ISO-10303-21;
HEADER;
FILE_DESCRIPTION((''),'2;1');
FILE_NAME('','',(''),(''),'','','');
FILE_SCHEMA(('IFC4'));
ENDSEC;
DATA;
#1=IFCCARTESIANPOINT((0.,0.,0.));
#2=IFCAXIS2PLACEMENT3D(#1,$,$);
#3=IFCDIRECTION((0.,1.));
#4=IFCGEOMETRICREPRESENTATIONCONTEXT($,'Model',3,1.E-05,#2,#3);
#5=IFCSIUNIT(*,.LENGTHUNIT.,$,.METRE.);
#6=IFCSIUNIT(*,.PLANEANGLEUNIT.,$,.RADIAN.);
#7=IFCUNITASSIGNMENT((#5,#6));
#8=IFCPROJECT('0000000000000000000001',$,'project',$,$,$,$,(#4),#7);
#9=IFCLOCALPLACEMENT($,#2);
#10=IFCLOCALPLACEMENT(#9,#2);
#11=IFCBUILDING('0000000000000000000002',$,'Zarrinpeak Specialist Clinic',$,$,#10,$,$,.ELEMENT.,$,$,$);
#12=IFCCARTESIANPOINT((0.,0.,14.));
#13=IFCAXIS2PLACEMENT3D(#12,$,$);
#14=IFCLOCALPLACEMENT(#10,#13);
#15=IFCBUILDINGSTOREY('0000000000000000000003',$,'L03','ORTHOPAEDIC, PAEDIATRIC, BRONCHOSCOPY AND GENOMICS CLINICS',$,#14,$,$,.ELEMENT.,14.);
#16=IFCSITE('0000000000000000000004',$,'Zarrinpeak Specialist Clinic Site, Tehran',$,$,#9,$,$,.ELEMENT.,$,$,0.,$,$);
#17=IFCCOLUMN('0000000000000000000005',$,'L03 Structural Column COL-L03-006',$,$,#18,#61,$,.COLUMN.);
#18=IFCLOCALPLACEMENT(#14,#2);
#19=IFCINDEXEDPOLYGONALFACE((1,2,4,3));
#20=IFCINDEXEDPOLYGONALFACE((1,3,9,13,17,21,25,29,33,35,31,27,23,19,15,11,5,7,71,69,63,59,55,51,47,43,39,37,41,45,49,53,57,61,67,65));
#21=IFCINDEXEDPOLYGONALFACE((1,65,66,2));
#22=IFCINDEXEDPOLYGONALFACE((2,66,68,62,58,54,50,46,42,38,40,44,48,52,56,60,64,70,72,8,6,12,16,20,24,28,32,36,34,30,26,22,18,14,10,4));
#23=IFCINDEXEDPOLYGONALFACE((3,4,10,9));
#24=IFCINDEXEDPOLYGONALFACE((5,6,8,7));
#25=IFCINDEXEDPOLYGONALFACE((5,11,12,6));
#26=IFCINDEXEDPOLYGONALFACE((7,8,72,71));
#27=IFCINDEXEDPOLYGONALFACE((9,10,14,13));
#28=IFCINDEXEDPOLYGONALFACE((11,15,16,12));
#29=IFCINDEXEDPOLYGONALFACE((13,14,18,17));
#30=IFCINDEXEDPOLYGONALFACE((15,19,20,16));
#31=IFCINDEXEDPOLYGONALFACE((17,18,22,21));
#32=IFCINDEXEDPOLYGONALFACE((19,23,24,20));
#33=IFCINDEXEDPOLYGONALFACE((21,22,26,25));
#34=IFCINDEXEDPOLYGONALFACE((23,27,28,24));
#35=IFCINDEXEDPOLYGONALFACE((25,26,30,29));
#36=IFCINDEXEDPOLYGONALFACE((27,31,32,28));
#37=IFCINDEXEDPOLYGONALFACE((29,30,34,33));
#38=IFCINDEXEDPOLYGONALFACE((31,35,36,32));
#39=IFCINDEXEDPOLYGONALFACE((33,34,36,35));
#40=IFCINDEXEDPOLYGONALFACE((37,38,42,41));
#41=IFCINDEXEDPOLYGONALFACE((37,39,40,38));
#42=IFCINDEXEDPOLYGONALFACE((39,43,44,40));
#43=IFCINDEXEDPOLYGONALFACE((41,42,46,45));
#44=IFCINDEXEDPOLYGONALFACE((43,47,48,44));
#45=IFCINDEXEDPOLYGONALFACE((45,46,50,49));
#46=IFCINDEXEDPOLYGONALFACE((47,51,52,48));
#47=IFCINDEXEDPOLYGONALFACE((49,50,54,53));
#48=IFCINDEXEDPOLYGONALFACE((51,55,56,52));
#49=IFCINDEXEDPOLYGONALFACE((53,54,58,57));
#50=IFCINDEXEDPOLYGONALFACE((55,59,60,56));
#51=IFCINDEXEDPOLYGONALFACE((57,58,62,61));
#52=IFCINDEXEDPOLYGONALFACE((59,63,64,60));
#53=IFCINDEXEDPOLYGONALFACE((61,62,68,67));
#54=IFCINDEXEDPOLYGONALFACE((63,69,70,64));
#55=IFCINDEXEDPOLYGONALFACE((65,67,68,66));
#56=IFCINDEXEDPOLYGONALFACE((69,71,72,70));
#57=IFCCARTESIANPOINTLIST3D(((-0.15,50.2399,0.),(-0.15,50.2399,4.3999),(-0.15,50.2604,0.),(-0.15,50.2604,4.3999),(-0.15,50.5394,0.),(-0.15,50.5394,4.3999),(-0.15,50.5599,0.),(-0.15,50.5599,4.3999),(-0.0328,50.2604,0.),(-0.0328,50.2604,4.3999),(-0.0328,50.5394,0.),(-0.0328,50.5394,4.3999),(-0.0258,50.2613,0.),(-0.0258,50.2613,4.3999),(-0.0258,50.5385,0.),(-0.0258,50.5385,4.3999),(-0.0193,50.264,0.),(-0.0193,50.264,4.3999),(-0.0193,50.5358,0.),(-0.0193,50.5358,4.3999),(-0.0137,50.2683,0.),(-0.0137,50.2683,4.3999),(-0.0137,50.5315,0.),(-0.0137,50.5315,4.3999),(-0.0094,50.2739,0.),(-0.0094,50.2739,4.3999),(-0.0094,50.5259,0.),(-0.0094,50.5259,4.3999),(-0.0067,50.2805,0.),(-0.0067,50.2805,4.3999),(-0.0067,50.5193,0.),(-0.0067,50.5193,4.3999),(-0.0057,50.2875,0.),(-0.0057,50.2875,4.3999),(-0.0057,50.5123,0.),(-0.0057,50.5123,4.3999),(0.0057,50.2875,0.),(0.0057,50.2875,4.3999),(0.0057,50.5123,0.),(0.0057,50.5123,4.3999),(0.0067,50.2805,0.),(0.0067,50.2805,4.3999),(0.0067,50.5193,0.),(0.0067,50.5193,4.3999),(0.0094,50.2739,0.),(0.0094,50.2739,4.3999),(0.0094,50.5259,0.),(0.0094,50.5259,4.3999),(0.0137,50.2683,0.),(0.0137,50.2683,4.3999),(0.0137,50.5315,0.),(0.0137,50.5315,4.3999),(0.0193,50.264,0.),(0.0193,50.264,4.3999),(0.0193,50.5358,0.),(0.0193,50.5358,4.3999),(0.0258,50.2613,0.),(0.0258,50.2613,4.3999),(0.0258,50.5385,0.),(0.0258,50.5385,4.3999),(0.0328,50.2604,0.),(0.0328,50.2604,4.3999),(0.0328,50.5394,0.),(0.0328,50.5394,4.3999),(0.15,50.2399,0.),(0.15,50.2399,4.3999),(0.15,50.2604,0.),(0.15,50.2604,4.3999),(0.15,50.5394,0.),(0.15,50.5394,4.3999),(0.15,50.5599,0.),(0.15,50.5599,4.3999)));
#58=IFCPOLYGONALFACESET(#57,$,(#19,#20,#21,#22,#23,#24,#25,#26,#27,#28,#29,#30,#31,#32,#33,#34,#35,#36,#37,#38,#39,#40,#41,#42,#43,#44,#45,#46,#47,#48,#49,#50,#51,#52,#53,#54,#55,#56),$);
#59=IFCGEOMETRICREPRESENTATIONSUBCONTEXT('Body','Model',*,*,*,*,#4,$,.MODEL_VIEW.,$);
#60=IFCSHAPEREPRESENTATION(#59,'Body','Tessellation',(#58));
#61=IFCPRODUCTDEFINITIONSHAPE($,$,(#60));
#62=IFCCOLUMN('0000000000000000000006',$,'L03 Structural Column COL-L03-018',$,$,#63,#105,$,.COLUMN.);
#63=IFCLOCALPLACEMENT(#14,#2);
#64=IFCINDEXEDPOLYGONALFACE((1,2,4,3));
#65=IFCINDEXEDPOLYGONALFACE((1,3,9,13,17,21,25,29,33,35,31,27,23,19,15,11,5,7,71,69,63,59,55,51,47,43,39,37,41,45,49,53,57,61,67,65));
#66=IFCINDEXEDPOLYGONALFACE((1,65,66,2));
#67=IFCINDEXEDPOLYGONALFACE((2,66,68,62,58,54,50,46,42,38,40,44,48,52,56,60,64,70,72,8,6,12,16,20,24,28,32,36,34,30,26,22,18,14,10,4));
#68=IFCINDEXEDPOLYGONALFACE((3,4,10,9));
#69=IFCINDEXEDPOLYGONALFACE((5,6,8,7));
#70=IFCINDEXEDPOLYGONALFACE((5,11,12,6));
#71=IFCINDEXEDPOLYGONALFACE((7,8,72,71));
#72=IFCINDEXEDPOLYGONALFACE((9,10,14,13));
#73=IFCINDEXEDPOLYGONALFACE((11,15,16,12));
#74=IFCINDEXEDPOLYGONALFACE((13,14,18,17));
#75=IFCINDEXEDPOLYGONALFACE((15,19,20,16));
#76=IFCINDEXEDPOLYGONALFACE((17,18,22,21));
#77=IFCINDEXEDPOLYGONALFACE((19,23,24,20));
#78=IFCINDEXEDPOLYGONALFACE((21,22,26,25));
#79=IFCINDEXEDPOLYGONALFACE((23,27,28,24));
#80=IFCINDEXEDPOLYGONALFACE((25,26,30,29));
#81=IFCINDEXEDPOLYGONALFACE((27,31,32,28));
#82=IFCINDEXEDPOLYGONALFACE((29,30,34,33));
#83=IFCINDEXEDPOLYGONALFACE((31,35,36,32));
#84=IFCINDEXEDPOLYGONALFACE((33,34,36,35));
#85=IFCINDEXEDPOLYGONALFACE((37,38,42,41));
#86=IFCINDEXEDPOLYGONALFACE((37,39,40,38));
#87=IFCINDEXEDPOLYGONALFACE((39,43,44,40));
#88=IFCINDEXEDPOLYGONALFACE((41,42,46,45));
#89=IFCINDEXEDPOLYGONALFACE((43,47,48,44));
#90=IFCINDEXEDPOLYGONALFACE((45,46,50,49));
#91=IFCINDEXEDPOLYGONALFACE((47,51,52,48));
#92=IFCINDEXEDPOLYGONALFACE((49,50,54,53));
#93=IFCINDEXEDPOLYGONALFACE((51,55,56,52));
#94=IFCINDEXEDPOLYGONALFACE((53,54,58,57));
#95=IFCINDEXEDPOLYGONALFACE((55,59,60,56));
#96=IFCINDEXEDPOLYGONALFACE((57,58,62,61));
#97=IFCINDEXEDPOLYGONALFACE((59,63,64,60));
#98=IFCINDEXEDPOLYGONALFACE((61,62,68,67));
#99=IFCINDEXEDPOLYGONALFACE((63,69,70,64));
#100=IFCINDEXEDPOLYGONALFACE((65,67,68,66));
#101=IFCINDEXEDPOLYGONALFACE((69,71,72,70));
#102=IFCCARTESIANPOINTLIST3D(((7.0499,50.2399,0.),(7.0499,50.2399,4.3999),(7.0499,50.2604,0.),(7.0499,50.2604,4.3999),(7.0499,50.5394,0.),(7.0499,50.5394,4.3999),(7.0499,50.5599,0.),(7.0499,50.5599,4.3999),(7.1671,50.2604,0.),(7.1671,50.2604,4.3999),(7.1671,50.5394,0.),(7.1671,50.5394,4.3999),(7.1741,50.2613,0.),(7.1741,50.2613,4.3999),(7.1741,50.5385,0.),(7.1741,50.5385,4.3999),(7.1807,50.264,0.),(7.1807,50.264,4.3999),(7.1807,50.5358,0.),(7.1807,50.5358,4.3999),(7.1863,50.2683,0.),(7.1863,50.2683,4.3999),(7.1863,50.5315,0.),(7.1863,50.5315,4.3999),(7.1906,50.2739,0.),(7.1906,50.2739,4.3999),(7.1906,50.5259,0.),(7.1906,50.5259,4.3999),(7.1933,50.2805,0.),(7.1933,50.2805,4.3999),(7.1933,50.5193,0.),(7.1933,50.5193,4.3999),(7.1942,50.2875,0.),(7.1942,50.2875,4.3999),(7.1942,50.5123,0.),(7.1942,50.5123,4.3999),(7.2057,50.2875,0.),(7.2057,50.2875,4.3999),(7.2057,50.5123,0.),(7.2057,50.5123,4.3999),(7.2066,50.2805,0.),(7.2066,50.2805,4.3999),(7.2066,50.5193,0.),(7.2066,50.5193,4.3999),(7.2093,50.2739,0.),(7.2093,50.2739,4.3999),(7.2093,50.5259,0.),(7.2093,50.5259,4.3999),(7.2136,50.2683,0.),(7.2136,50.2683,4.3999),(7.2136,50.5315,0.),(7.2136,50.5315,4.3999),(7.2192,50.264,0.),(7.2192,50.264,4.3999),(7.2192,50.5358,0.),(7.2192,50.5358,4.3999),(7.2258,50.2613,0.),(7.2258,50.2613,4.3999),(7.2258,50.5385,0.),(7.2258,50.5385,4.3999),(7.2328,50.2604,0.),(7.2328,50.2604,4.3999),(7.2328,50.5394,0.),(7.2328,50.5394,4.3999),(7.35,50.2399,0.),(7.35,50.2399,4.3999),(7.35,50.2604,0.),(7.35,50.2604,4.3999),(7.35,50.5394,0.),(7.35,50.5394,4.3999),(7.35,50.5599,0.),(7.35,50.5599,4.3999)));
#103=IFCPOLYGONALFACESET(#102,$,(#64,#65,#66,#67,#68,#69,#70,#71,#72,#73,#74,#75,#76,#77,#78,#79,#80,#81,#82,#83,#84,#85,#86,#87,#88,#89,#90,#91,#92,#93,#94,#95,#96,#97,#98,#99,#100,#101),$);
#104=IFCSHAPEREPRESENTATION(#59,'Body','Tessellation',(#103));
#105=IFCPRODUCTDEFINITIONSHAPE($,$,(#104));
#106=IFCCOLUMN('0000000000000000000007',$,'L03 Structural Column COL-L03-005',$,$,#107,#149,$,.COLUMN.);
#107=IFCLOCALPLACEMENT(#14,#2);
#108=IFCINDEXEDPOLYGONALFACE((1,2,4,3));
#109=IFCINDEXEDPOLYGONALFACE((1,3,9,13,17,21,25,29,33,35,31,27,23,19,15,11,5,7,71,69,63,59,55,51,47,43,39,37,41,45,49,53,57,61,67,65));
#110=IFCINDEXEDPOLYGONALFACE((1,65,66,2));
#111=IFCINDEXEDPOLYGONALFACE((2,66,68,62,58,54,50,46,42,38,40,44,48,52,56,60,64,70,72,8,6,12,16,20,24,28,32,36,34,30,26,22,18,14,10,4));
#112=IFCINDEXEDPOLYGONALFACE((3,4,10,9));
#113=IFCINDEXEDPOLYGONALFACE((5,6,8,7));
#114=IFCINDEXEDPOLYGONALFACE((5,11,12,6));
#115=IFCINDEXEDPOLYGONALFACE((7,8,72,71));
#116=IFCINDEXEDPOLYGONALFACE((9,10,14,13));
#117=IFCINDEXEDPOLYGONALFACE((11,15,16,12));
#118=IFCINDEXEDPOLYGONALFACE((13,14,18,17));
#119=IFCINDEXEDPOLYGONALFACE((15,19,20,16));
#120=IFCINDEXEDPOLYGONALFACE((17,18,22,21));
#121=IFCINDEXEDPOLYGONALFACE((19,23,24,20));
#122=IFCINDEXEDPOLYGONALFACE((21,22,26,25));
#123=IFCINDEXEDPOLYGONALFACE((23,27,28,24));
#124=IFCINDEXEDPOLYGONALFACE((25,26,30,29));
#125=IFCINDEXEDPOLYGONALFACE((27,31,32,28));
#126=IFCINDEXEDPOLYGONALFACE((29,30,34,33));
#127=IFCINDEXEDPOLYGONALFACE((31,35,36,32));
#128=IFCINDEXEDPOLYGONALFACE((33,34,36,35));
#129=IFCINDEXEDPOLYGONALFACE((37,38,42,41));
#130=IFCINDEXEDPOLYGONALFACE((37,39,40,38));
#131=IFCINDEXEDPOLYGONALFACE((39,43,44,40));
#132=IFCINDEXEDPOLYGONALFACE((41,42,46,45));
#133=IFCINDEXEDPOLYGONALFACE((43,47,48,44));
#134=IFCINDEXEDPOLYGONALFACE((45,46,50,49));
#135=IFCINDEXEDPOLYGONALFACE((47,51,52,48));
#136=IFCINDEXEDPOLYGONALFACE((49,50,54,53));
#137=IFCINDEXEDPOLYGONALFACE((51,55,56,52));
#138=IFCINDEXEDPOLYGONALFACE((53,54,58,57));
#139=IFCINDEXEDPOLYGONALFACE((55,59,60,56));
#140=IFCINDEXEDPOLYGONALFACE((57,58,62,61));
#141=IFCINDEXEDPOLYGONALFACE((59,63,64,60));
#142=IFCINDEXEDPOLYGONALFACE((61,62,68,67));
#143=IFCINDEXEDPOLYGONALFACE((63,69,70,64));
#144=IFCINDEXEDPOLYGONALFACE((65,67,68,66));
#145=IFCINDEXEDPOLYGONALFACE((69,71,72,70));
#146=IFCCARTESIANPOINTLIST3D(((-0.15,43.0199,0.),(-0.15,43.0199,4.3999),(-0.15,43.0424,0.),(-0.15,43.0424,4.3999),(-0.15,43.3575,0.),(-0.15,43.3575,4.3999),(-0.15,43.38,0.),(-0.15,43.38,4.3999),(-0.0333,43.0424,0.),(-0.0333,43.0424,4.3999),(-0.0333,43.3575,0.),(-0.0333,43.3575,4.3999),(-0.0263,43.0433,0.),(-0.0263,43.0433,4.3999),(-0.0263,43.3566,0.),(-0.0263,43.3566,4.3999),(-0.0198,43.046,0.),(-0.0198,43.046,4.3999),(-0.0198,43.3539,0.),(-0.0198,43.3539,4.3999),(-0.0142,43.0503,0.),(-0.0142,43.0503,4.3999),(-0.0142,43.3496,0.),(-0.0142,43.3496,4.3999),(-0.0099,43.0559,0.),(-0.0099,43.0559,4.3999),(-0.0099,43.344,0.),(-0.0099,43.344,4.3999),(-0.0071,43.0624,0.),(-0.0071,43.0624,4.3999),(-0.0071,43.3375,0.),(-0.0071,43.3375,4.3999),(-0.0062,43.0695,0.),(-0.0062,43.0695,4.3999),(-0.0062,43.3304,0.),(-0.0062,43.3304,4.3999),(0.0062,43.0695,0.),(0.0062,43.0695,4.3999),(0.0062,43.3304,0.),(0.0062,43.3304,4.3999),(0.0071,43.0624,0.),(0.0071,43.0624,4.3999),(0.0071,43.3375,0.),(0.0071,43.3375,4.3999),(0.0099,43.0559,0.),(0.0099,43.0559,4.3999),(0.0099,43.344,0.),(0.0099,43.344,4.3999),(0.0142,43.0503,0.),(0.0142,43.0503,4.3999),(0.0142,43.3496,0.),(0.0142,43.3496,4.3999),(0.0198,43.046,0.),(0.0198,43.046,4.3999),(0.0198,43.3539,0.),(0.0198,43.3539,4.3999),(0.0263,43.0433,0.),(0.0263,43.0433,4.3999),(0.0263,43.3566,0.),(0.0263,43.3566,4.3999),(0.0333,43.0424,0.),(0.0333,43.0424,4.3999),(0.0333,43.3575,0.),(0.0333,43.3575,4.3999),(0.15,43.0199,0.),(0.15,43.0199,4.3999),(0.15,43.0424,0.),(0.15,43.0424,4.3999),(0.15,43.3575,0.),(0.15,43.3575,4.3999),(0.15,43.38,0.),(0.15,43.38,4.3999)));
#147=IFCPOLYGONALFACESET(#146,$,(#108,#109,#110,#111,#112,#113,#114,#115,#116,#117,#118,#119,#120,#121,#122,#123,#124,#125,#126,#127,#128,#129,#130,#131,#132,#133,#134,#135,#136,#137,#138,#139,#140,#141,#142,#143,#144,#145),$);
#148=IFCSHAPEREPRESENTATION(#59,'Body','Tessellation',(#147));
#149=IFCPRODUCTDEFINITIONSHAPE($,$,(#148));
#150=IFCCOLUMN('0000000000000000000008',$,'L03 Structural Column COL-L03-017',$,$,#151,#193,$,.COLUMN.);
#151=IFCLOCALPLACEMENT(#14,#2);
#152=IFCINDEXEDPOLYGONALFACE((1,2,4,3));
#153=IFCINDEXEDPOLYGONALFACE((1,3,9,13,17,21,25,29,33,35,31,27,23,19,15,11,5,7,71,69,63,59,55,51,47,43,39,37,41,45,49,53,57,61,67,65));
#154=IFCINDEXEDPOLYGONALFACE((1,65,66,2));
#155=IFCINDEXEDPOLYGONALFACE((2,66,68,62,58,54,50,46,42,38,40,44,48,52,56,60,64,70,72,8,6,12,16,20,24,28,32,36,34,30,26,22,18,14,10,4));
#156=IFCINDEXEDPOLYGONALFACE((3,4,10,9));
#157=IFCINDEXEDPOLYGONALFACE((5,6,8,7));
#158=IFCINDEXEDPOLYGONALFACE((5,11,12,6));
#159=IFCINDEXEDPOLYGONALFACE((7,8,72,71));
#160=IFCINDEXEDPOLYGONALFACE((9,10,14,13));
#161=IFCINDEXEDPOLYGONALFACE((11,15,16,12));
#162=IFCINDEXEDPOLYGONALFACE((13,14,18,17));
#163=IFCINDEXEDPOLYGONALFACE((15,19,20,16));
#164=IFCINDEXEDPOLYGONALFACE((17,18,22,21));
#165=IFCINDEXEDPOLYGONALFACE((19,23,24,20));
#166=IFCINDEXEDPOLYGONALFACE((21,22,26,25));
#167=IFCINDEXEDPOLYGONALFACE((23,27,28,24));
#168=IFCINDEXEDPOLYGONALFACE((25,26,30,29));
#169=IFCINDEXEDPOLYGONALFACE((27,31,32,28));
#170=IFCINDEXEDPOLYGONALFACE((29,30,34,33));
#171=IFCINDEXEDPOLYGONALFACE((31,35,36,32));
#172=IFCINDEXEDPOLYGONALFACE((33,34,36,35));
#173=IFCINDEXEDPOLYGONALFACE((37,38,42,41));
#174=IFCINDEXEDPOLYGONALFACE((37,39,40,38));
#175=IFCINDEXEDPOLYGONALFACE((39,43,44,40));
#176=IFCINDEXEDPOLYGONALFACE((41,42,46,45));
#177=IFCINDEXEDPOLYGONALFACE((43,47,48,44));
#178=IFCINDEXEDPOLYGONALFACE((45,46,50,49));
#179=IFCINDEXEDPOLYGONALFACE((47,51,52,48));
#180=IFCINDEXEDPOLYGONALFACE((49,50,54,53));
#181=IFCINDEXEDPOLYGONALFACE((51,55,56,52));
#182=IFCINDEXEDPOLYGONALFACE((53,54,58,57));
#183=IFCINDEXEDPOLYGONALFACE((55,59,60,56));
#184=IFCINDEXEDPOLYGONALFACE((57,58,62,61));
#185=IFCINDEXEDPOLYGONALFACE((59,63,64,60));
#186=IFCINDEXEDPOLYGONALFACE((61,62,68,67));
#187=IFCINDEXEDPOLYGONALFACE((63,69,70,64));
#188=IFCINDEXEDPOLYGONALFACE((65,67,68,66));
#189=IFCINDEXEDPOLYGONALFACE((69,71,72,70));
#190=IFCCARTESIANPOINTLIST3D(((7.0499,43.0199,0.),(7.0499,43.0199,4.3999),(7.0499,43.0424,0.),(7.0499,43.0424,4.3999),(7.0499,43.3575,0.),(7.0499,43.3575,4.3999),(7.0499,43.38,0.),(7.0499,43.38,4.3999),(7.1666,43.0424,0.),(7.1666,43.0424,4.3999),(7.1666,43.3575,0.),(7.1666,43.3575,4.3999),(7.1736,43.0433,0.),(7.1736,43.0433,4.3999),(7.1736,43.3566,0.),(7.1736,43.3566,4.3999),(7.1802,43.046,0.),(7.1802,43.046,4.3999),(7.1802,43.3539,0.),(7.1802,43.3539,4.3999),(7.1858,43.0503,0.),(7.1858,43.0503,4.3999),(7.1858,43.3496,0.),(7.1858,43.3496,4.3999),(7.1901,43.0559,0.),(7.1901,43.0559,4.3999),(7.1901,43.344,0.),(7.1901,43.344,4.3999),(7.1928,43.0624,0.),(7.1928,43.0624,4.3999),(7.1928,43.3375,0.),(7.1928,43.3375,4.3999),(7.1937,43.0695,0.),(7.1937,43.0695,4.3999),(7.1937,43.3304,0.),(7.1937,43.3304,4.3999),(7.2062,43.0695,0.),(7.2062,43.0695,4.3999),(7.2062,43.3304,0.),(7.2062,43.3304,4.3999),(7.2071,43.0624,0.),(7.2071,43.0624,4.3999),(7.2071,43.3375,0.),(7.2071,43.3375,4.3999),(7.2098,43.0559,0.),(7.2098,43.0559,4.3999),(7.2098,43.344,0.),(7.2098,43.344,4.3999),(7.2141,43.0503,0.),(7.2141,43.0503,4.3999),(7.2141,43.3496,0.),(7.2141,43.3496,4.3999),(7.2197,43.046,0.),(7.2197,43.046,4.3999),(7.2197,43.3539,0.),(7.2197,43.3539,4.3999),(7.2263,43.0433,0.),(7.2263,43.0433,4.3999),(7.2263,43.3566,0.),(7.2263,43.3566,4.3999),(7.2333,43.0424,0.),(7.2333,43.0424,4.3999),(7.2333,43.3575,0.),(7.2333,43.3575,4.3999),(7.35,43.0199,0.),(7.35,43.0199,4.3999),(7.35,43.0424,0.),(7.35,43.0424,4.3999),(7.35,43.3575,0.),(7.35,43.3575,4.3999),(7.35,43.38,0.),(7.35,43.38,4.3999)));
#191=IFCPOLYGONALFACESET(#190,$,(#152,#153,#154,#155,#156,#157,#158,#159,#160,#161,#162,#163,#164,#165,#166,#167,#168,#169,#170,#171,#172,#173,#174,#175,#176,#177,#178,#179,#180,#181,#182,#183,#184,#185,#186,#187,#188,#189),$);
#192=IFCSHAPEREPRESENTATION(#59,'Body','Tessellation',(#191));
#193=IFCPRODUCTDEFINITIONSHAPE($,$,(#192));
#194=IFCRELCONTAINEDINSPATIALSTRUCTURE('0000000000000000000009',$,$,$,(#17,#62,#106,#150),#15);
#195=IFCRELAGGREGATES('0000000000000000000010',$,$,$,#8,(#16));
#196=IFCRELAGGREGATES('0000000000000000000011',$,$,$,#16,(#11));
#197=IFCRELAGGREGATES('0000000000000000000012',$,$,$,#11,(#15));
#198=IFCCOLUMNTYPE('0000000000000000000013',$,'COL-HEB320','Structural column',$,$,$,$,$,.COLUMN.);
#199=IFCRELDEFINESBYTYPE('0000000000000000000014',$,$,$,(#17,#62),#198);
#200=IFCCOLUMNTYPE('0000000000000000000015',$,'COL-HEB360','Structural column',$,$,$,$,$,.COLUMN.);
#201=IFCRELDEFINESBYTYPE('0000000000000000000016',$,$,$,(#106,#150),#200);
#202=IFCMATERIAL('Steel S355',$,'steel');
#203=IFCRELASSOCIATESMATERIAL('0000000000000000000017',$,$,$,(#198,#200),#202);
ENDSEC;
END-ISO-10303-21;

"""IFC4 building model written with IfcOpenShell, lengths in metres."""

from ifc_helpers import new_model, si_unit, direction, frame, origin, origin_2d, place, context, subcontext, project, spatial, i_section, extrude, material, material_profile, profile_set, type_object, element, save


model = new_model("IFC4")

# Units and contexts
model_context = context("Model", 3, precision=1e-05, world=origin(), true_north=direction((0.0, 1.0)))
body_context = subcontext(model_context, "Body", "Model", "MODEL_VIEW")
ifc_project = project(units=[si_unit("LENGTHUNIT", "METRE"), si_unit("PLANEANGLEUNIT", "RADIAN")], contexts=[model_context])

# Site, building, storey
site_placement = place(None, origin())
site = spatial("IfcSite", under=ifc_project, at=site_placement, Name="Zarrinpeak Specialist Clinic Site, Tehran", CompositionType="ELEMENT", RefElevation=0.0)
building_placement = place(site_placement, origin())
building = spatial("IfcBuilding", under=site, at=building_placement, Name="Zarrinpeak Specialist Clinic", CompositionType="ELEMENT")
storey_placement = place(building_placement, frame((0.0, 0.0, 14.0)))
storey = spatial("IfcBuildingStorey", under=building, at=storey_placement, Name="L03", Description="ORTHOPAEDIC, PAEDIATRIC, BRONCHOSCOPY AND GENOMICS CLINICS", CompositionType="ELEMENT", Elevation=14.0)

# Columns
ifc_material_1 = material(Name="Steel S355", Category="steel")
ifc_material_profile_1 = material_profile(ifc_material_1, i_section(OverallWidth=0.3, OverallDepth=0.3201, WebThickness=0.0115, FlangeThickness=0.0205, FilletRadius=0.0271, at=origin_2d()), Name="HEB 320")
ifc_profile_set_1 = profile_set([ifc_material_profile_1], Name="Steel S355")
column_type_1 = type_object("IfcColumnType", Name="COL-HEB320", Description="Structural column", PredefinedType="COLUMN", material=ifc_profile_set_1)
for number, where, z_axis, x_axis, name in (
    (1, (0.0, 50.3999, 0.0), (0.0, 0.0, 1.0), (1.0, 0.0, 0.0), "L03 Structural Column COL-L03-006"),
    (2, (7.2, 50.3999, 0.0), (0.0, 0.0, 1.0), (1.0, 0.0, 0.0), "L03 Structural Column COL-L03-018"),
):
    element("IfcColumn", number, at=place(storey_placement, frame(where, z_axis=z_axis, x_axis=x_axis)), inside=storey, type_object=column_type_1, Name=name, PredefinedType="COLUMN", context=body_context, shape_type="SweptSolid", body=[
        extrude(i_section(OverallWidth=0.3, OverallDepth=0.3201, WebThickness=0.0115, FlangeThickness=0.0205, FilletRadius=0.0271, at=origin_2d()), origin(), (0.0, 0.0, 1.0), 4.3999),
    ])
ifc_material_profile_2 = material_profile(ifc_material_1, i_section(OverallWidth=0.3, OverallDepth=0.3601, WebThickness=0.0125, FlangeThickness=0.0225, FilletRadius=0.0271, at=origin_2d()), Name="HEB 360")
ifc_profile_set_2 = profile_set([ifc_material_profile_2], Name="Steel S355")
column_type_2 = type_object("IfcColumnType", Name="COL-HEB360", Description="Structural column", PredefinedType="COLUMN", material=ifc_profile_set_2)
for number, where, z_axis, x_axis, name in (
    (3, (0.0, 43.2, 0.0), (0.0, 0.0, 1.0), (1.0, 0.0, 0.0), "L03 Structural Column COL-L03-005"),
    (4, (7.2, 43.2, 0.0), (0.0, 0.0, 1.0), (1.0, 0.0, 0.0), "L03 Structural Column COL-L03-017"),
):
    element("IfcColumn", number, at=place(storey_placement, frame(where, z_axis=z_axis, x_axis=x_axis)), inside=storey, type_object=column_type_2, Name=name, PredefinedType="COLUMN", context=body_context, shape_type="SweptSolid", body=[
        extrude(i_section(OverallWidth=0.3, OverallDepth=0.3601, WebThickness=0.0125, FlangeThickness=0.0225, FilletRadius=0.0271, at=origin_2d()), origin(), (0.0, 0.0, 1.0), 4.3999),
    ])

save(model, "model.ifc")
